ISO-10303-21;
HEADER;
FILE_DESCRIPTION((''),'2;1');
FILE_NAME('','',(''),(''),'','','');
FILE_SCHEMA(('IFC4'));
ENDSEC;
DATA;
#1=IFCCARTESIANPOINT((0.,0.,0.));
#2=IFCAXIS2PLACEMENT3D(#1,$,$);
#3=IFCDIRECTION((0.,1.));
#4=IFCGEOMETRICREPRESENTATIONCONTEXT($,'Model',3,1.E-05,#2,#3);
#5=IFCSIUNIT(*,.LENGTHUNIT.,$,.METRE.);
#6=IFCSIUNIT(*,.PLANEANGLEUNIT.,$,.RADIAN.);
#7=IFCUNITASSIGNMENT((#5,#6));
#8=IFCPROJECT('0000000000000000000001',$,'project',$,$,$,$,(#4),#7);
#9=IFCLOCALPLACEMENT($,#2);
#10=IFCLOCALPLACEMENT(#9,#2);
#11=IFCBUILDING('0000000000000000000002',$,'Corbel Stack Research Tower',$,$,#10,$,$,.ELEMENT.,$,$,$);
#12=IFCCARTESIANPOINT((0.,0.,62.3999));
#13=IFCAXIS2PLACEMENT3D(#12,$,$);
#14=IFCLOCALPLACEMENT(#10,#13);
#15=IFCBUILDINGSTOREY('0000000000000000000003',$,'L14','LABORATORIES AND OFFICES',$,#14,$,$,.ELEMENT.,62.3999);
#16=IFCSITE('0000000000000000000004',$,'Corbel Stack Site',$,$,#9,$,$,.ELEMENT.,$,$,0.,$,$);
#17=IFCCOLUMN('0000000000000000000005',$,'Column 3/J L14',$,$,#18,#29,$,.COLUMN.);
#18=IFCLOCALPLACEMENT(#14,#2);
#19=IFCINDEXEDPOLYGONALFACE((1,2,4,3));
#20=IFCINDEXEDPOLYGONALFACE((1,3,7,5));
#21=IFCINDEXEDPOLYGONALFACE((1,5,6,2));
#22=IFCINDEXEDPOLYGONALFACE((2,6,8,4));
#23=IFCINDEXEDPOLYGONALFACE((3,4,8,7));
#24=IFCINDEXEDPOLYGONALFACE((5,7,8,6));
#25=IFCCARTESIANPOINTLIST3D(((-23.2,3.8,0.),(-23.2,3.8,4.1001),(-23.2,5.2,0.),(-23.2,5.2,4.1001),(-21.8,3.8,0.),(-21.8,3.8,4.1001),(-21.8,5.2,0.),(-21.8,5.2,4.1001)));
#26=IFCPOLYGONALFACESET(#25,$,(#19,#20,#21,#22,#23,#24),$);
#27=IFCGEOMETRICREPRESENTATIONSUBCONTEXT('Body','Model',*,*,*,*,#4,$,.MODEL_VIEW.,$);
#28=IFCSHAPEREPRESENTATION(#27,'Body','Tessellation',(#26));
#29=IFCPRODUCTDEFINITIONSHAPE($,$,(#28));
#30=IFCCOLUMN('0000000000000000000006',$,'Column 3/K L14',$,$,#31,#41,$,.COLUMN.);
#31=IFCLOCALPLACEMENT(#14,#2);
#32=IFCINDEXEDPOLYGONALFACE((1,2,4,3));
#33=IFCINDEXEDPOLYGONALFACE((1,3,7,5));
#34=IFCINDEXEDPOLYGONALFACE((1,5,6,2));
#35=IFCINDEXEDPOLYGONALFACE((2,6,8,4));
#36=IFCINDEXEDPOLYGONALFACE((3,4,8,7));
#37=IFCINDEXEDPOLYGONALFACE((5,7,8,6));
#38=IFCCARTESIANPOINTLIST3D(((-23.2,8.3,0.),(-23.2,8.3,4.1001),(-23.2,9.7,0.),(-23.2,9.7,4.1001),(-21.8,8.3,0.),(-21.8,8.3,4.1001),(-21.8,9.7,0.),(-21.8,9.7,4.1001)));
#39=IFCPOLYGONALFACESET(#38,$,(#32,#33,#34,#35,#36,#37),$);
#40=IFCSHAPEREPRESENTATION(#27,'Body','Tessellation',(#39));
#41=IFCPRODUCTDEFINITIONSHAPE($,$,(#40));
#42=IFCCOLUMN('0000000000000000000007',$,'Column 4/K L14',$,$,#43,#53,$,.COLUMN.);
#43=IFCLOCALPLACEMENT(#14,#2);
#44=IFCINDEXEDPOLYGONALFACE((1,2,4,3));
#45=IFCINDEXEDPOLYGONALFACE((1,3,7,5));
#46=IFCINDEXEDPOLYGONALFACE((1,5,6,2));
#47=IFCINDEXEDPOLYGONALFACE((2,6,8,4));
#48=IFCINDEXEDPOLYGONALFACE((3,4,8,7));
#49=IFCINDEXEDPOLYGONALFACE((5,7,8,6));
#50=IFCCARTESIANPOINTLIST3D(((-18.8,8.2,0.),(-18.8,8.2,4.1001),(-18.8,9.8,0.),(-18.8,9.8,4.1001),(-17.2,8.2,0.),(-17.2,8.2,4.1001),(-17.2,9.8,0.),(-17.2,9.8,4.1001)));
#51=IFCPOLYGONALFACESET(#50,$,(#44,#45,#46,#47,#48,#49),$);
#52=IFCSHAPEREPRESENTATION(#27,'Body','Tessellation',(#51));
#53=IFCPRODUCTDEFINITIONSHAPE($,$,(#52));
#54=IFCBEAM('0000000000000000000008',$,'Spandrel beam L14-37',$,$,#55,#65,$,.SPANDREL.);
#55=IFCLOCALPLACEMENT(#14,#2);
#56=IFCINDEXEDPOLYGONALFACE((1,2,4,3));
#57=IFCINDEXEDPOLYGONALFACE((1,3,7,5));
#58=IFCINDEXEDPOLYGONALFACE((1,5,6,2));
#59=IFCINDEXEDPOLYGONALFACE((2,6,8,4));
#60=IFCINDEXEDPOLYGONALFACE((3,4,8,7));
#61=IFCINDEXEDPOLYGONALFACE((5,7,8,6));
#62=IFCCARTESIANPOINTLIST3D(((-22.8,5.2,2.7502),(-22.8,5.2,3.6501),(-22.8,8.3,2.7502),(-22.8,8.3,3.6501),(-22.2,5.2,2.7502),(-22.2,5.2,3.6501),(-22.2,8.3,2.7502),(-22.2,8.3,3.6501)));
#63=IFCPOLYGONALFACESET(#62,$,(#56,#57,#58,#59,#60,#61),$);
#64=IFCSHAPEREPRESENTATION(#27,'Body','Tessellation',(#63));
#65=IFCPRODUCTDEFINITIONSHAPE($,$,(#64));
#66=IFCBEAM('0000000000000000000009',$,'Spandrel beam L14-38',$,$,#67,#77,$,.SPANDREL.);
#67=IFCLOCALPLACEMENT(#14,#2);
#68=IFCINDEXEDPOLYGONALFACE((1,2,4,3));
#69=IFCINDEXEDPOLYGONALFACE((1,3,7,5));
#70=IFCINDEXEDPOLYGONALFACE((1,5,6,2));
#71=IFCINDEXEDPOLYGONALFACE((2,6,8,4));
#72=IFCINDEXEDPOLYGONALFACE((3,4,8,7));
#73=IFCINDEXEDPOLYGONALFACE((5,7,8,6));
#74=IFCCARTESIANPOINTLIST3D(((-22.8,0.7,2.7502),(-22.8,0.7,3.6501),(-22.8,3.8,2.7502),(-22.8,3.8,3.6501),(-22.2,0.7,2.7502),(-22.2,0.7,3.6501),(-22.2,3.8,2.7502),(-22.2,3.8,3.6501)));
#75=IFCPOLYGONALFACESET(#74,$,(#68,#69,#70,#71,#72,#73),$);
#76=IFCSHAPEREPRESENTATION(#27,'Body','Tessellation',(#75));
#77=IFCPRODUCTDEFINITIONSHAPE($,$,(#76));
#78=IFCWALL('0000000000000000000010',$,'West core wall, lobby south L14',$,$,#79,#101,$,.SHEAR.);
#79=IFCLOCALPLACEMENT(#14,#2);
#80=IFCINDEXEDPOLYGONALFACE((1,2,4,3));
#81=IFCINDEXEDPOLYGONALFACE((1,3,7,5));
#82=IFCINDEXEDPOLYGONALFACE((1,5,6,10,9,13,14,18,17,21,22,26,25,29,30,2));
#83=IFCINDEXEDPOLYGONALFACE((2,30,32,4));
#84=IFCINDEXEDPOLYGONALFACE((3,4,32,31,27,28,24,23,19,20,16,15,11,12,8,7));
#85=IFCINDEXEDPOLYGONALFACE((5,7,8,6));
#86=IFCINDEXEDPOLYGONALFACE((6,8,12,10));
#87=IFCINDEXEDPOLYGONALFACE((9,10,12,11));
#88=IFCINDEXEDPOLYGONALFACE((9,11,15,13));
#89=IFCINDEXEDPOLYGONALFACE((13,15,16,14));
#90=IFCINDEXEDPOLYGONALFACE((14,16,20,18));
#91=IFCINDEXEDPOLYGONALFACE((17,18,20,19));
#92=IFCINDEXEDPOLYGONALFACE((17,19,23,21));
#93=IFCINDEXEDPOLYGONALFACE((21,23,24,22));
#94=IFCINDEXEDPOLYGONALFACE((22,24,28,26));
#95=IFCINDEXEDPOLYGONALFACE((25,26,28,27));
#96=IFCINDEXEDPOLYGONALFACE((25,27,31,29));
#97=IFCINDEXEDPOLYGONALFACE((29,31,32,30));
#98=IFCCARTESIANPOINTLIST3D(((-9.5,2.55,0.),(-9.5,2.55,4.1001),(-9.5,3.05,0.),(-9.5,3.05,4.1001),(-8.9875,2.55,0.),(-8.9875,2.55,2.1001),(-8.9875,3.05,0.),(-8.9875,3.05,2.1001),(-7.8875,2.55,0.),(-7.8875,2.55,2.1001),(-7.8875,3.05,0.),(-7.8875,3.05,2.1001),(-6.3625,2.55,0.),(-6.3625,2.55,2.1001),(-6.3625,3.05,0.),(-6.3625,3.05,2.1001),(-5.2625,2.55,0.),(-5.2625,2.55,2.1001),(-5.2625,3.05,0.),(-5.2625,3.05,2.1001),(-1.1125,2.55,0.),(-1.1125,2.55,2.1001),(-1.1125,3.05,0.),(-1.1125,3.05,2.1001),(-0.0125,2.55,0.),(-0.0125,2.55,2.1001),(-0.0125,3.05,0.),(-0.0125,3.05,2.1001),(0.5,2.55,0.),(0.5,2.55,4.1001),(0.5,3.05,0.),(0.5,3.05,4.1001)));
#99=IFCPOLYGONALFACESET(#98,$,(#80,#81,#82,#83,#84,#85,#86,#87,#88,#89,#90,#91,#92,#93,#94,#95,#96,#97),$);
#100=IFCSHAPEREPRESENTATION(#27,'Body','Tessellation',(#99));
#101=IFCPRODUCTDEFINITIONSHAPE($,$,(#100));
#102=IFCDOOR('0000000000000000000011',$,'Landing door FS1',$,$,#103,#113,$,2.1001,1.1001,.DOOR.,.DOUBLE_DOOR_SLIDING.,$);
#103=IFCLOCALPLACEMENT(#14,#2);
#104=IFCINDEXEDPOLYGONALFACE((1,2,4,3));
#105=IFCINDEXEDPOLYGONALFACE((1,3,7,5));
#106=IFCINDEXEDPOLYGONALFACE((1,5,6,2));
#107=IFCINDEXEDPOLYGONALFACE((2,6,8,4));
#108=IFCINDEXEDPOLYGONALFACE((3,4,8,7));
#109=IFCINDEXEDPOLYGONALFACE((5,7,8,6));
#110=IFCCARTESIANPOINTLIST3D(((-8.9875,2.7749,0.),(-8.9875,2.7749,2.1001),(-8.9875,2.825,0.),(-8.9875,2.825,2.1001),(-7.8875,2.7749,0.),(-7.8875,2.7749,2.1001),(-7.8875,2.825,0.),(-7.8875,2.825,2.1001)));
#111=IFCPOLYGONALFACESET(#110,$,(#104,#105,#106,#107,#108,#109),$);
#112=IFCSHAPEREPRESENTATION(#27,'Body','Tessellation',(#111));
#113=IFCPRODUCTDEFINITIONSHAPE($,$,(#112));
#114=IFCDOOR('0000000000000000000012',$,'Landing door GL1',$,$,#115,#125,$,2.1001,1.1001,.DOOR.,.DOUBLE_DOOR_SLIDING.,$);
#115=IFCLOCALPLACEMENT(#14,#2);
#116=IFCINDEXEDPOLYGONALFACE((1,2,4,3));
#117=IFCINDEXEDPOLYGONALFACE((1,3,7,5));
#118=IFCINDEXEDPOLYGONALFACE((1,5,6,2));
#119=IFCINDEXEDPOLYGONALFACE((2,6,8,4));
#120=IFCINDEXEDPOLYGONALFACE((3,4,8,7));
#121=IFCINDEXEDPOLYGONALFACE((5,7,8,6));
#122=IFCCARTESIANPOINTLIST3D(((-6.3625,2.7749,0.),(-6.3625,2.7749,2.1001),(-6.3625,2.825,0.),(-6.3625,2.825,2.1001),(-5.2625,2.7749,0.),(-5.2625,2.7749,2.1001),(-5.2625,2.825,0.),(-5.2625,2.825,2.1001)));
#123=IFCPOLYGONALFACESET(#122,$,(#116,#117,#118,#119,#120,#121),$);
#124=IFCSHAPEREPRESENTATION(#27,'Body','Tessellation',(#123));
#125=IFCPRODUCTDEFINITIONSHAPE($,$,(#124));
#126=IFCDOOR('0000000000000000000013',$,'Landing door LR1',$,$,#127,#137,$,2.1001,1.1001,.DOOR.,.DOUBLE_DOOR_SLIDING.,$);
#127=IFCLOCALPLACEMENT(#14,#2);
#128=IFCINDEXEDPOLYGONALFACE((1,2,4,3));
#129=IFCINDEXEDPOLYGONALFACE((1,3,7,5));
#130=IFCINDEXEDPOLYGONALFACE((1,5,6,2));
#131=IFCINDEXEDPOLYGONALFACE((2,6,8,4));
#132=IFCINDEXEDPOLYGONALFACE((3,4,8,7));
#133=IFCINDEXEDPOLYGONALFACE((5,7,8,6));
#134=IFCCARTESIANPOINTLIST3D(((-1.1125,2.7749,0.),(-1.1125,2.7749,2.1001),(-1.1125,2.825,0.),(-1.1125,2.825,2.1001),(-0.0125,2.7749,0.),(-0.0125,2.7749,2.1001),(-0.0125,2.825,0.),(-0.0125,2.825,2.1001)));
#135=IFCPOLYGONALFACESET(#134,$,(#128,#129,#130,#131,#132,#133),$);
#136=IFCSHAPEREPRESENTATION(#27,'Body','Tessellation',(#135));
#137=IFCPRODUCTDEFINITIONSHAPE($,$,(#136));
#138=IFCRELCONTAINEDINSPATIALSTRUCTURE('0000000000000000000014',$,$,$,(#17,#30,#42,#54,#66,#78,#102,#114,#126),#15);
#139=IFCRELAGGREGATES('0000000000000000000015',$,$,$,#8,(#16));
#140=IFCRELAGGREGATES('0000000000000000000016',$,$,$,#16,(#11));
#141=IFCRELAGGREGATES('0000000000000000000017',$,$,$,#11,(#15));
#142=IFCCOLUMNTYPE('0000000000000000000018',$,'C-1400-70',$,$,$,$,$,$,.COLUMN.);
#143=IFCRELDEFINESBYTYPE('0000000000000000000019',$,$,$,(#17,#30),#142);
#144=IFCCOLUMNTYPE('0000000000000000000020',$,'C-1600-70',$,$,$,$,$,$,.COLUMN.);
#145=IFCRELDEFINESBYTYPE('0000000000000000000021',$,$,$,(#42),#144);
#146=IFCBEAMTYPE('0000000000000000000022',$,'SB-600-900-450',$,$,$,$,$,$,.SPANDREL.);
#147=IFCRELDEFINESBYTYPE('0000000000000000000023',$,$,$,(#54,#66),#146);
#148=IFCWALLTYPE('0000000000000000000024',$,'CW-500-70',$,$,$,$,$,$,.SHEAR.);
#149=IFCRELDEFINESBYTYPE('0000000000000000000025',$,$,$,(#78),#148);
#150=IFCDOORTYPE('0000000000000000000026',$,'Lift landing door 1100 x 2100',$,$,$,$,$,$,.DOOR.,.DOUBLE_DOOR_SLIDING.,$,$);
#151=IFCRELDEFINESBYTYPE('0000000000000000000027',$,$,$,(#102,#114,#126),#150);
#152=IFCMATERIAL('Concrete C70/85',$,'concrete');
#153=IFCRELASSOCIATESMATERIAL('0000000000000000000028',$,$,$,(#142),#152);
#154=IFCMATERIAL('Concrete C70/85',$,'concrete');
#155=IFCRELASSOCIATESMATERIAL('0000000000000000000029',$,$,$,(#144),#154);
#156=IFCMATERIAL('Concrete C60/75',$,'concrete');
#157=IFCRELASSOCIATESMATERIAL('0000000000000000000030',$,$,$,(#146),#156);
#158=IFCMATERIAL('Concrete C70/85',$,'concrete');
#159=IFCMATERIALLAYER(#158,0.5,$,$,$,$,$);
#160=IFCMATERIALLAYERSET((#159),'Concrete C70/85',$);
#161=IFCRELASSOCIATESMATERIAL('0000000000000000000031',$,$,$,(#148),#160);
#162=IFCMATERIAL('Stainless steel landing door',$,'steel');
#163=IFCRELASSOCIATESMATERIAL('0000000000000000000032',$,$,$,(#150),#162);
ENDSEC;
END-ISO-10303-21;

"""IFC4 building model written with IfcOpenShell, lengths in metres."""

from ifc_helpers import new_model, si_unit, direction, frame, frame_2d, origin, origin_2d, place, context, subcontext, project, spatial, rectangle, extrude, material, layer, layer_set, material_profile, profile_set, type_object, element, fill, save


model = new_model("IFC4")

# Units and contexts
model_context = context("Model", 3, precision=1e-05, world=origin(), true_north=direction((0.0, 1.0)))
body_context = subcontext(model_context, "Body", "Model", "MODEL_VIEW")
ifc_project = project(units=[si_unit("LENGTHUNIT", "METRE"), si_unit("PLANEANGLEUNIT", "RADIAN")], contexts=[model_context])

# Site, building, storey
site_placement = place(None, origin())
site = spatial("IfcSite", under=ifc_project, at=site_placement, Name="Corbel Stack Site", CompositionType="ELEMENT", RefElevation=0.0)
building_placement = place(site_placement, origin())
building = spatial("IfcBuilding", under=site, at=building_placement, Name="Corbel Stack Research Tower", CompositionType="ELEMENT")
storey_placement = place(building_placement, frame((0.0, 0.0, 62.3999)))
storey = spatial("IfcBuildingStorey", under=building, at=storey_placement, Name="L14", Description="LABORATORIES AND OFFICES", CompositionType="ELEMENT", Elevation=62.3999)

# Columns
ifc_material_1 = material(Name="Concrete C70/85", Category="concrete")
ifc_material_profile_1 = material_profile(ifc_material_1, rectangle(XDim=1.3999, YDim=1.3999, at=origin_2d()), Name="RC 1400 x 1400")
ifc_profile_set_1 = profile_set([ifc_material_profile_1], Name="Concrete C70/85")
column_type_1 = type_object("IfcColumnType", Name="C-1400-70", PredefinedType="COLUMN", material=ifc_profile_set_1)
for number, where, z_axis, x_axis, name in (
    (1, (-22.5, 4.5, 0.0), (0.0, 0.0, 1.0), (1.0, 0.0, 0.0), "Column 3/J L14"),
    (2, (-22.5, 9.0, 0.0), (0.0, 0.0, 1.0), (1.0, 0.0, 0.0), "Column 3/K L14"),
):
    element("IfcColumn", number, at=place(storey_placement, frame(where, z_axis=z_axis, x_axis=x_axis)), inside=storey, type_object=column_type_1, Name=name, PredefinedType="COLUMN", context=body_context, shape_type="SweptSolid", body=[
        extrude(rectangle(XDim=1.3999, YDim=1.3999, at=origin_2d()), origin(), (0.0, 0.0, 1.0), 4.1001),
    ])
ifc_material_2 = material(Name="Concrete C70/85", Category="concrete")
ifc_material_profile_2 = material_profile(ifc_material_2, rectangle(XDim=1.6001, YDim=1.6001, at=origin_2d()), Name="RC 1600 x 1600")
ifc_profile_set_2 = profile_set([ifc_material_profile_2], Name="Concrete C70/85")
column_type_2 = type_object("IfcColumnType", Name="C-1600-70", PredefinedType="COLUMN", material=ifc_profile_set_2)
column_placement = place(storey_placement, frame((-18.0, 9.0, 0.0), z_axis=(0.0, 0.0, 1.0), x_axis=(1.0, 0.0, 0.0)))
element("IfcColumn", 3, at=column_placement, inside=storey, type_object=column_type_2, Name="Column 4/K L14", PredefinedType="COLUMN", context=body_context, shape_type="SweptSolid", body=[
    extrude(rectangle(XDim=1.6001, YDim=1.6001, at=origin_2d()), origin(), (0.0, 0.0, 1.0), 4.1001),
])

# Beams
ifc_material_3 = material(Name="Concrete C60/75", Category="concrete")
ifc_material_profile_3 = material_profile(ifc_material_3, rectangle(XDim=0.6001, YDim=0.8999, at=origin_2d()), Name="RC 600 x 900")
ifc_profile_set_3 = profile_set([ifc_material_profile_3], Name="Concrete C60/75")
beam_type = type_object("IfcBeamType", Name="SB-600-900-450", PredefinedType="SPANDREL", material=ifc_profile_set_3)
for number, where, z_axis, x_axis, name in (
    (4, (-22.5, 8.3, 3.2002), (0.0, -1.0, 0.0), (1.0, 0.0, 0.0), "Spandrel beam L14-37"),
    (5, (-22.5, 3.8, 3.2002), (0.0, -1.0, 0.0), (1.0, 0.0, 0.0), "Spandrel beam L14-38"),
):
    element("IfcBeam", number, at=place(storey_placement, frame(where, z_axis=z_axis, x_axis=x_axis)), inside=storey, type_object=beam_type, Name=name, PredefinedType="SPANDREL", context=body_context, shape_type="SweptSolid", body=[
        extrude(rectangle(XDim=0.6001, YDim=0.8999, at=origin_2d()), origin(), (0.0, 0.0, 1.0), 3.1001),
    ])

# Wall, openings, doors
ifc_material_4 = material(Name="Concrete C70/85", Category="concrete")
ifc_layer_1 = layer(ifc_material_4, 0.5)
ifc_layer_set_1 = layer_set([ifc_layer_1], Name="Concrete C70/85")
wall_type_1 = type_object("IfcWallType", Name="CW-500-70", PredefinedType="SHEAR", material=ifc_layer_set_1)
wall_1_placement = place(storey_placement, frame((-9.5, 2.8, 0.0), z_axis=(0.0, 0.0, 1.0), x_axis=(1.0, 0.0, 0.0)))
wall_1 = element("IfcWall", 6, at=wall_1_placement, inside=storey, type_object=wall_type_1, Name="West core wall, lobby south L14", PredefinedType="SHEAR", context=body_context, shape_type="SweptSolid", body=[
    extrude(rectangle(XDim=10.0, YDim=0.5, at=frame_2d((5.0, 0.0))), origin(), (0.0, 0.0, 1.0), 4.1001),
])
opening_1_placement = place(wall_1_placement, frame((0.5125, 0.0, 0.0)))
opening_1 = element("IfcOpeningElement", 7, at=opening_1_placement, cuts=wall_1, PredefinedType="OPENING", context=body_context, shape_type="SweptSolid", body=[
    extrude(rectangle(XDim=1.1001, YDim=2.1001, at=frame_2d((0.55, 1.05))), frame((0.0, 0.26, 0.0), z_axis=(0.0, -1.0, 0.0), x_axis=(1.0, 0.0, 0.0)), (0.0, 0.0, 1.0), 0.52),
])
opening_2_placement = place(wall_1_placement, frame((3.1375, 0.0, 0.0)))
opening_2 = element("IfcOpeningElement", 8, at=opening_2_placement, cuts=wall_1, PredefinedType="OPENING", context=body_context, shape_type="SweptSolid", body=[
    extrude(rectangle(XDim=1.1001, YDim=2.1001, at=frame_2d((0.55, 1.05))), frame((0.0, 0.26, 0.0), z_axis=(0.0, -1.0, 0.0), x_axis=(1.0, 0.0, 0.0)), (0.0, 0.0, 1.0), 0.52),
])
opening_3_placement = place(wall_1_placement, frame((8.3875, 0.0, 0.0)))
opening_3 = element("IfcOpeningElement", 9, at=opening_3_placement, cuts=wall_1, PredefinedType="OPENING", context=body_context, shape_type="SweptSolid", body=[
    extrude(rectangle(XDim=1.1001, YDim=2.1001, at=frame_2d((0.55, 1.05))), frame((0.0, 0.26, 0.0), z_axis=(0.0, -1.0, 0.0), x_axis=(1.0, 0.0, 0.0)), (0.0, 0.0, 1.0), 0.52),
])
ifc_material_5 = material(Name="Stainless steel landing door", Category="steel")
door_type_1 = type_object("IfcDoorType", Name="Lift landing door 1100 x 2100", OperationType="DOUBLE_DOOR_SLIDING", PredefinedType="DOOR", material=ifc_material_5)
door_1_placement = place(opening_1_placement, origin())
door_1 = element("IfcDoor", 10, at=door_1_placement, inside=storey, type_object=door_type_1, Name="Landing door FS1", OperationType="DOUBLE_DOOR_SLIDING", OverallHeight=2.1001, OverallWidth=1.1001, PredefinedType="DOOR", context=body_context, shape_type="SweptSolid", body=[
    extrude(rectangle(XDim=1.1001, YDim=2.1001, at=frame_2d((0.55, 1.05))), frame((0.0, 0.0249, 0.0), z_axis=(0.0, -1.0, 0.0), x_axis=(1.0, 0.0, 0.0)), (0.0, 0.0, 1.0), 0.05),
])
fill(opening_1, door_1)
door_2_placement = place(opening_2_placement, origin())
door_2 = element("IfcDoor", 11, at=door_2_placement, inside=storey, type_object=door_type_1, Name="Landing door GL1", OperationType="DOUBLE_DOOR_SLIDING", OverallHeight=2.1001, OverallWidth=1.1001, PredefinedType="DOOR", context=body_context, shape_type="SweptSolid", body=[
    extrude(rectangle(XDim=1.1001, YDim=2.1001, at=frame_2d((0.55, 1.05))), frame((0.0, 0.0249, 0.0), z_axis=(0.0, -1.0, 0.0), x_axis=(1.0, 0.0, 0.0)), (0.0, 0.0, 1.0), 0.05),
])
fill(opening_2, door_2)
door_3_placement = place(opening_3_placement, origin())
door_3 = element("IfcDoor", 12, at=door_3_placement, inside=storey, type_object=door_type_1, Name="Landing door LR1", OperationType="DOUBLE_DOOR_SLIDING", OverallHeight=2.1001, OverallWidth=1.1001, PredefinedType="DOOR", context=body_context, shape_type="SweptSolid", body=[
    extrude(rectangle(XDim=1.1001, YDim=2.1001, at=frame_2d((0.55, 1.05))), frame((0.0, 0.0249, 0.0), z_axis=(0.0, -1.0, 0.0), x_axis=(1.0, 0.0, 0.0)), (0.0, 0.0, 1.0), 0.05),
])
fill(opening_3, door_3)

save(model, "model.ifc")
